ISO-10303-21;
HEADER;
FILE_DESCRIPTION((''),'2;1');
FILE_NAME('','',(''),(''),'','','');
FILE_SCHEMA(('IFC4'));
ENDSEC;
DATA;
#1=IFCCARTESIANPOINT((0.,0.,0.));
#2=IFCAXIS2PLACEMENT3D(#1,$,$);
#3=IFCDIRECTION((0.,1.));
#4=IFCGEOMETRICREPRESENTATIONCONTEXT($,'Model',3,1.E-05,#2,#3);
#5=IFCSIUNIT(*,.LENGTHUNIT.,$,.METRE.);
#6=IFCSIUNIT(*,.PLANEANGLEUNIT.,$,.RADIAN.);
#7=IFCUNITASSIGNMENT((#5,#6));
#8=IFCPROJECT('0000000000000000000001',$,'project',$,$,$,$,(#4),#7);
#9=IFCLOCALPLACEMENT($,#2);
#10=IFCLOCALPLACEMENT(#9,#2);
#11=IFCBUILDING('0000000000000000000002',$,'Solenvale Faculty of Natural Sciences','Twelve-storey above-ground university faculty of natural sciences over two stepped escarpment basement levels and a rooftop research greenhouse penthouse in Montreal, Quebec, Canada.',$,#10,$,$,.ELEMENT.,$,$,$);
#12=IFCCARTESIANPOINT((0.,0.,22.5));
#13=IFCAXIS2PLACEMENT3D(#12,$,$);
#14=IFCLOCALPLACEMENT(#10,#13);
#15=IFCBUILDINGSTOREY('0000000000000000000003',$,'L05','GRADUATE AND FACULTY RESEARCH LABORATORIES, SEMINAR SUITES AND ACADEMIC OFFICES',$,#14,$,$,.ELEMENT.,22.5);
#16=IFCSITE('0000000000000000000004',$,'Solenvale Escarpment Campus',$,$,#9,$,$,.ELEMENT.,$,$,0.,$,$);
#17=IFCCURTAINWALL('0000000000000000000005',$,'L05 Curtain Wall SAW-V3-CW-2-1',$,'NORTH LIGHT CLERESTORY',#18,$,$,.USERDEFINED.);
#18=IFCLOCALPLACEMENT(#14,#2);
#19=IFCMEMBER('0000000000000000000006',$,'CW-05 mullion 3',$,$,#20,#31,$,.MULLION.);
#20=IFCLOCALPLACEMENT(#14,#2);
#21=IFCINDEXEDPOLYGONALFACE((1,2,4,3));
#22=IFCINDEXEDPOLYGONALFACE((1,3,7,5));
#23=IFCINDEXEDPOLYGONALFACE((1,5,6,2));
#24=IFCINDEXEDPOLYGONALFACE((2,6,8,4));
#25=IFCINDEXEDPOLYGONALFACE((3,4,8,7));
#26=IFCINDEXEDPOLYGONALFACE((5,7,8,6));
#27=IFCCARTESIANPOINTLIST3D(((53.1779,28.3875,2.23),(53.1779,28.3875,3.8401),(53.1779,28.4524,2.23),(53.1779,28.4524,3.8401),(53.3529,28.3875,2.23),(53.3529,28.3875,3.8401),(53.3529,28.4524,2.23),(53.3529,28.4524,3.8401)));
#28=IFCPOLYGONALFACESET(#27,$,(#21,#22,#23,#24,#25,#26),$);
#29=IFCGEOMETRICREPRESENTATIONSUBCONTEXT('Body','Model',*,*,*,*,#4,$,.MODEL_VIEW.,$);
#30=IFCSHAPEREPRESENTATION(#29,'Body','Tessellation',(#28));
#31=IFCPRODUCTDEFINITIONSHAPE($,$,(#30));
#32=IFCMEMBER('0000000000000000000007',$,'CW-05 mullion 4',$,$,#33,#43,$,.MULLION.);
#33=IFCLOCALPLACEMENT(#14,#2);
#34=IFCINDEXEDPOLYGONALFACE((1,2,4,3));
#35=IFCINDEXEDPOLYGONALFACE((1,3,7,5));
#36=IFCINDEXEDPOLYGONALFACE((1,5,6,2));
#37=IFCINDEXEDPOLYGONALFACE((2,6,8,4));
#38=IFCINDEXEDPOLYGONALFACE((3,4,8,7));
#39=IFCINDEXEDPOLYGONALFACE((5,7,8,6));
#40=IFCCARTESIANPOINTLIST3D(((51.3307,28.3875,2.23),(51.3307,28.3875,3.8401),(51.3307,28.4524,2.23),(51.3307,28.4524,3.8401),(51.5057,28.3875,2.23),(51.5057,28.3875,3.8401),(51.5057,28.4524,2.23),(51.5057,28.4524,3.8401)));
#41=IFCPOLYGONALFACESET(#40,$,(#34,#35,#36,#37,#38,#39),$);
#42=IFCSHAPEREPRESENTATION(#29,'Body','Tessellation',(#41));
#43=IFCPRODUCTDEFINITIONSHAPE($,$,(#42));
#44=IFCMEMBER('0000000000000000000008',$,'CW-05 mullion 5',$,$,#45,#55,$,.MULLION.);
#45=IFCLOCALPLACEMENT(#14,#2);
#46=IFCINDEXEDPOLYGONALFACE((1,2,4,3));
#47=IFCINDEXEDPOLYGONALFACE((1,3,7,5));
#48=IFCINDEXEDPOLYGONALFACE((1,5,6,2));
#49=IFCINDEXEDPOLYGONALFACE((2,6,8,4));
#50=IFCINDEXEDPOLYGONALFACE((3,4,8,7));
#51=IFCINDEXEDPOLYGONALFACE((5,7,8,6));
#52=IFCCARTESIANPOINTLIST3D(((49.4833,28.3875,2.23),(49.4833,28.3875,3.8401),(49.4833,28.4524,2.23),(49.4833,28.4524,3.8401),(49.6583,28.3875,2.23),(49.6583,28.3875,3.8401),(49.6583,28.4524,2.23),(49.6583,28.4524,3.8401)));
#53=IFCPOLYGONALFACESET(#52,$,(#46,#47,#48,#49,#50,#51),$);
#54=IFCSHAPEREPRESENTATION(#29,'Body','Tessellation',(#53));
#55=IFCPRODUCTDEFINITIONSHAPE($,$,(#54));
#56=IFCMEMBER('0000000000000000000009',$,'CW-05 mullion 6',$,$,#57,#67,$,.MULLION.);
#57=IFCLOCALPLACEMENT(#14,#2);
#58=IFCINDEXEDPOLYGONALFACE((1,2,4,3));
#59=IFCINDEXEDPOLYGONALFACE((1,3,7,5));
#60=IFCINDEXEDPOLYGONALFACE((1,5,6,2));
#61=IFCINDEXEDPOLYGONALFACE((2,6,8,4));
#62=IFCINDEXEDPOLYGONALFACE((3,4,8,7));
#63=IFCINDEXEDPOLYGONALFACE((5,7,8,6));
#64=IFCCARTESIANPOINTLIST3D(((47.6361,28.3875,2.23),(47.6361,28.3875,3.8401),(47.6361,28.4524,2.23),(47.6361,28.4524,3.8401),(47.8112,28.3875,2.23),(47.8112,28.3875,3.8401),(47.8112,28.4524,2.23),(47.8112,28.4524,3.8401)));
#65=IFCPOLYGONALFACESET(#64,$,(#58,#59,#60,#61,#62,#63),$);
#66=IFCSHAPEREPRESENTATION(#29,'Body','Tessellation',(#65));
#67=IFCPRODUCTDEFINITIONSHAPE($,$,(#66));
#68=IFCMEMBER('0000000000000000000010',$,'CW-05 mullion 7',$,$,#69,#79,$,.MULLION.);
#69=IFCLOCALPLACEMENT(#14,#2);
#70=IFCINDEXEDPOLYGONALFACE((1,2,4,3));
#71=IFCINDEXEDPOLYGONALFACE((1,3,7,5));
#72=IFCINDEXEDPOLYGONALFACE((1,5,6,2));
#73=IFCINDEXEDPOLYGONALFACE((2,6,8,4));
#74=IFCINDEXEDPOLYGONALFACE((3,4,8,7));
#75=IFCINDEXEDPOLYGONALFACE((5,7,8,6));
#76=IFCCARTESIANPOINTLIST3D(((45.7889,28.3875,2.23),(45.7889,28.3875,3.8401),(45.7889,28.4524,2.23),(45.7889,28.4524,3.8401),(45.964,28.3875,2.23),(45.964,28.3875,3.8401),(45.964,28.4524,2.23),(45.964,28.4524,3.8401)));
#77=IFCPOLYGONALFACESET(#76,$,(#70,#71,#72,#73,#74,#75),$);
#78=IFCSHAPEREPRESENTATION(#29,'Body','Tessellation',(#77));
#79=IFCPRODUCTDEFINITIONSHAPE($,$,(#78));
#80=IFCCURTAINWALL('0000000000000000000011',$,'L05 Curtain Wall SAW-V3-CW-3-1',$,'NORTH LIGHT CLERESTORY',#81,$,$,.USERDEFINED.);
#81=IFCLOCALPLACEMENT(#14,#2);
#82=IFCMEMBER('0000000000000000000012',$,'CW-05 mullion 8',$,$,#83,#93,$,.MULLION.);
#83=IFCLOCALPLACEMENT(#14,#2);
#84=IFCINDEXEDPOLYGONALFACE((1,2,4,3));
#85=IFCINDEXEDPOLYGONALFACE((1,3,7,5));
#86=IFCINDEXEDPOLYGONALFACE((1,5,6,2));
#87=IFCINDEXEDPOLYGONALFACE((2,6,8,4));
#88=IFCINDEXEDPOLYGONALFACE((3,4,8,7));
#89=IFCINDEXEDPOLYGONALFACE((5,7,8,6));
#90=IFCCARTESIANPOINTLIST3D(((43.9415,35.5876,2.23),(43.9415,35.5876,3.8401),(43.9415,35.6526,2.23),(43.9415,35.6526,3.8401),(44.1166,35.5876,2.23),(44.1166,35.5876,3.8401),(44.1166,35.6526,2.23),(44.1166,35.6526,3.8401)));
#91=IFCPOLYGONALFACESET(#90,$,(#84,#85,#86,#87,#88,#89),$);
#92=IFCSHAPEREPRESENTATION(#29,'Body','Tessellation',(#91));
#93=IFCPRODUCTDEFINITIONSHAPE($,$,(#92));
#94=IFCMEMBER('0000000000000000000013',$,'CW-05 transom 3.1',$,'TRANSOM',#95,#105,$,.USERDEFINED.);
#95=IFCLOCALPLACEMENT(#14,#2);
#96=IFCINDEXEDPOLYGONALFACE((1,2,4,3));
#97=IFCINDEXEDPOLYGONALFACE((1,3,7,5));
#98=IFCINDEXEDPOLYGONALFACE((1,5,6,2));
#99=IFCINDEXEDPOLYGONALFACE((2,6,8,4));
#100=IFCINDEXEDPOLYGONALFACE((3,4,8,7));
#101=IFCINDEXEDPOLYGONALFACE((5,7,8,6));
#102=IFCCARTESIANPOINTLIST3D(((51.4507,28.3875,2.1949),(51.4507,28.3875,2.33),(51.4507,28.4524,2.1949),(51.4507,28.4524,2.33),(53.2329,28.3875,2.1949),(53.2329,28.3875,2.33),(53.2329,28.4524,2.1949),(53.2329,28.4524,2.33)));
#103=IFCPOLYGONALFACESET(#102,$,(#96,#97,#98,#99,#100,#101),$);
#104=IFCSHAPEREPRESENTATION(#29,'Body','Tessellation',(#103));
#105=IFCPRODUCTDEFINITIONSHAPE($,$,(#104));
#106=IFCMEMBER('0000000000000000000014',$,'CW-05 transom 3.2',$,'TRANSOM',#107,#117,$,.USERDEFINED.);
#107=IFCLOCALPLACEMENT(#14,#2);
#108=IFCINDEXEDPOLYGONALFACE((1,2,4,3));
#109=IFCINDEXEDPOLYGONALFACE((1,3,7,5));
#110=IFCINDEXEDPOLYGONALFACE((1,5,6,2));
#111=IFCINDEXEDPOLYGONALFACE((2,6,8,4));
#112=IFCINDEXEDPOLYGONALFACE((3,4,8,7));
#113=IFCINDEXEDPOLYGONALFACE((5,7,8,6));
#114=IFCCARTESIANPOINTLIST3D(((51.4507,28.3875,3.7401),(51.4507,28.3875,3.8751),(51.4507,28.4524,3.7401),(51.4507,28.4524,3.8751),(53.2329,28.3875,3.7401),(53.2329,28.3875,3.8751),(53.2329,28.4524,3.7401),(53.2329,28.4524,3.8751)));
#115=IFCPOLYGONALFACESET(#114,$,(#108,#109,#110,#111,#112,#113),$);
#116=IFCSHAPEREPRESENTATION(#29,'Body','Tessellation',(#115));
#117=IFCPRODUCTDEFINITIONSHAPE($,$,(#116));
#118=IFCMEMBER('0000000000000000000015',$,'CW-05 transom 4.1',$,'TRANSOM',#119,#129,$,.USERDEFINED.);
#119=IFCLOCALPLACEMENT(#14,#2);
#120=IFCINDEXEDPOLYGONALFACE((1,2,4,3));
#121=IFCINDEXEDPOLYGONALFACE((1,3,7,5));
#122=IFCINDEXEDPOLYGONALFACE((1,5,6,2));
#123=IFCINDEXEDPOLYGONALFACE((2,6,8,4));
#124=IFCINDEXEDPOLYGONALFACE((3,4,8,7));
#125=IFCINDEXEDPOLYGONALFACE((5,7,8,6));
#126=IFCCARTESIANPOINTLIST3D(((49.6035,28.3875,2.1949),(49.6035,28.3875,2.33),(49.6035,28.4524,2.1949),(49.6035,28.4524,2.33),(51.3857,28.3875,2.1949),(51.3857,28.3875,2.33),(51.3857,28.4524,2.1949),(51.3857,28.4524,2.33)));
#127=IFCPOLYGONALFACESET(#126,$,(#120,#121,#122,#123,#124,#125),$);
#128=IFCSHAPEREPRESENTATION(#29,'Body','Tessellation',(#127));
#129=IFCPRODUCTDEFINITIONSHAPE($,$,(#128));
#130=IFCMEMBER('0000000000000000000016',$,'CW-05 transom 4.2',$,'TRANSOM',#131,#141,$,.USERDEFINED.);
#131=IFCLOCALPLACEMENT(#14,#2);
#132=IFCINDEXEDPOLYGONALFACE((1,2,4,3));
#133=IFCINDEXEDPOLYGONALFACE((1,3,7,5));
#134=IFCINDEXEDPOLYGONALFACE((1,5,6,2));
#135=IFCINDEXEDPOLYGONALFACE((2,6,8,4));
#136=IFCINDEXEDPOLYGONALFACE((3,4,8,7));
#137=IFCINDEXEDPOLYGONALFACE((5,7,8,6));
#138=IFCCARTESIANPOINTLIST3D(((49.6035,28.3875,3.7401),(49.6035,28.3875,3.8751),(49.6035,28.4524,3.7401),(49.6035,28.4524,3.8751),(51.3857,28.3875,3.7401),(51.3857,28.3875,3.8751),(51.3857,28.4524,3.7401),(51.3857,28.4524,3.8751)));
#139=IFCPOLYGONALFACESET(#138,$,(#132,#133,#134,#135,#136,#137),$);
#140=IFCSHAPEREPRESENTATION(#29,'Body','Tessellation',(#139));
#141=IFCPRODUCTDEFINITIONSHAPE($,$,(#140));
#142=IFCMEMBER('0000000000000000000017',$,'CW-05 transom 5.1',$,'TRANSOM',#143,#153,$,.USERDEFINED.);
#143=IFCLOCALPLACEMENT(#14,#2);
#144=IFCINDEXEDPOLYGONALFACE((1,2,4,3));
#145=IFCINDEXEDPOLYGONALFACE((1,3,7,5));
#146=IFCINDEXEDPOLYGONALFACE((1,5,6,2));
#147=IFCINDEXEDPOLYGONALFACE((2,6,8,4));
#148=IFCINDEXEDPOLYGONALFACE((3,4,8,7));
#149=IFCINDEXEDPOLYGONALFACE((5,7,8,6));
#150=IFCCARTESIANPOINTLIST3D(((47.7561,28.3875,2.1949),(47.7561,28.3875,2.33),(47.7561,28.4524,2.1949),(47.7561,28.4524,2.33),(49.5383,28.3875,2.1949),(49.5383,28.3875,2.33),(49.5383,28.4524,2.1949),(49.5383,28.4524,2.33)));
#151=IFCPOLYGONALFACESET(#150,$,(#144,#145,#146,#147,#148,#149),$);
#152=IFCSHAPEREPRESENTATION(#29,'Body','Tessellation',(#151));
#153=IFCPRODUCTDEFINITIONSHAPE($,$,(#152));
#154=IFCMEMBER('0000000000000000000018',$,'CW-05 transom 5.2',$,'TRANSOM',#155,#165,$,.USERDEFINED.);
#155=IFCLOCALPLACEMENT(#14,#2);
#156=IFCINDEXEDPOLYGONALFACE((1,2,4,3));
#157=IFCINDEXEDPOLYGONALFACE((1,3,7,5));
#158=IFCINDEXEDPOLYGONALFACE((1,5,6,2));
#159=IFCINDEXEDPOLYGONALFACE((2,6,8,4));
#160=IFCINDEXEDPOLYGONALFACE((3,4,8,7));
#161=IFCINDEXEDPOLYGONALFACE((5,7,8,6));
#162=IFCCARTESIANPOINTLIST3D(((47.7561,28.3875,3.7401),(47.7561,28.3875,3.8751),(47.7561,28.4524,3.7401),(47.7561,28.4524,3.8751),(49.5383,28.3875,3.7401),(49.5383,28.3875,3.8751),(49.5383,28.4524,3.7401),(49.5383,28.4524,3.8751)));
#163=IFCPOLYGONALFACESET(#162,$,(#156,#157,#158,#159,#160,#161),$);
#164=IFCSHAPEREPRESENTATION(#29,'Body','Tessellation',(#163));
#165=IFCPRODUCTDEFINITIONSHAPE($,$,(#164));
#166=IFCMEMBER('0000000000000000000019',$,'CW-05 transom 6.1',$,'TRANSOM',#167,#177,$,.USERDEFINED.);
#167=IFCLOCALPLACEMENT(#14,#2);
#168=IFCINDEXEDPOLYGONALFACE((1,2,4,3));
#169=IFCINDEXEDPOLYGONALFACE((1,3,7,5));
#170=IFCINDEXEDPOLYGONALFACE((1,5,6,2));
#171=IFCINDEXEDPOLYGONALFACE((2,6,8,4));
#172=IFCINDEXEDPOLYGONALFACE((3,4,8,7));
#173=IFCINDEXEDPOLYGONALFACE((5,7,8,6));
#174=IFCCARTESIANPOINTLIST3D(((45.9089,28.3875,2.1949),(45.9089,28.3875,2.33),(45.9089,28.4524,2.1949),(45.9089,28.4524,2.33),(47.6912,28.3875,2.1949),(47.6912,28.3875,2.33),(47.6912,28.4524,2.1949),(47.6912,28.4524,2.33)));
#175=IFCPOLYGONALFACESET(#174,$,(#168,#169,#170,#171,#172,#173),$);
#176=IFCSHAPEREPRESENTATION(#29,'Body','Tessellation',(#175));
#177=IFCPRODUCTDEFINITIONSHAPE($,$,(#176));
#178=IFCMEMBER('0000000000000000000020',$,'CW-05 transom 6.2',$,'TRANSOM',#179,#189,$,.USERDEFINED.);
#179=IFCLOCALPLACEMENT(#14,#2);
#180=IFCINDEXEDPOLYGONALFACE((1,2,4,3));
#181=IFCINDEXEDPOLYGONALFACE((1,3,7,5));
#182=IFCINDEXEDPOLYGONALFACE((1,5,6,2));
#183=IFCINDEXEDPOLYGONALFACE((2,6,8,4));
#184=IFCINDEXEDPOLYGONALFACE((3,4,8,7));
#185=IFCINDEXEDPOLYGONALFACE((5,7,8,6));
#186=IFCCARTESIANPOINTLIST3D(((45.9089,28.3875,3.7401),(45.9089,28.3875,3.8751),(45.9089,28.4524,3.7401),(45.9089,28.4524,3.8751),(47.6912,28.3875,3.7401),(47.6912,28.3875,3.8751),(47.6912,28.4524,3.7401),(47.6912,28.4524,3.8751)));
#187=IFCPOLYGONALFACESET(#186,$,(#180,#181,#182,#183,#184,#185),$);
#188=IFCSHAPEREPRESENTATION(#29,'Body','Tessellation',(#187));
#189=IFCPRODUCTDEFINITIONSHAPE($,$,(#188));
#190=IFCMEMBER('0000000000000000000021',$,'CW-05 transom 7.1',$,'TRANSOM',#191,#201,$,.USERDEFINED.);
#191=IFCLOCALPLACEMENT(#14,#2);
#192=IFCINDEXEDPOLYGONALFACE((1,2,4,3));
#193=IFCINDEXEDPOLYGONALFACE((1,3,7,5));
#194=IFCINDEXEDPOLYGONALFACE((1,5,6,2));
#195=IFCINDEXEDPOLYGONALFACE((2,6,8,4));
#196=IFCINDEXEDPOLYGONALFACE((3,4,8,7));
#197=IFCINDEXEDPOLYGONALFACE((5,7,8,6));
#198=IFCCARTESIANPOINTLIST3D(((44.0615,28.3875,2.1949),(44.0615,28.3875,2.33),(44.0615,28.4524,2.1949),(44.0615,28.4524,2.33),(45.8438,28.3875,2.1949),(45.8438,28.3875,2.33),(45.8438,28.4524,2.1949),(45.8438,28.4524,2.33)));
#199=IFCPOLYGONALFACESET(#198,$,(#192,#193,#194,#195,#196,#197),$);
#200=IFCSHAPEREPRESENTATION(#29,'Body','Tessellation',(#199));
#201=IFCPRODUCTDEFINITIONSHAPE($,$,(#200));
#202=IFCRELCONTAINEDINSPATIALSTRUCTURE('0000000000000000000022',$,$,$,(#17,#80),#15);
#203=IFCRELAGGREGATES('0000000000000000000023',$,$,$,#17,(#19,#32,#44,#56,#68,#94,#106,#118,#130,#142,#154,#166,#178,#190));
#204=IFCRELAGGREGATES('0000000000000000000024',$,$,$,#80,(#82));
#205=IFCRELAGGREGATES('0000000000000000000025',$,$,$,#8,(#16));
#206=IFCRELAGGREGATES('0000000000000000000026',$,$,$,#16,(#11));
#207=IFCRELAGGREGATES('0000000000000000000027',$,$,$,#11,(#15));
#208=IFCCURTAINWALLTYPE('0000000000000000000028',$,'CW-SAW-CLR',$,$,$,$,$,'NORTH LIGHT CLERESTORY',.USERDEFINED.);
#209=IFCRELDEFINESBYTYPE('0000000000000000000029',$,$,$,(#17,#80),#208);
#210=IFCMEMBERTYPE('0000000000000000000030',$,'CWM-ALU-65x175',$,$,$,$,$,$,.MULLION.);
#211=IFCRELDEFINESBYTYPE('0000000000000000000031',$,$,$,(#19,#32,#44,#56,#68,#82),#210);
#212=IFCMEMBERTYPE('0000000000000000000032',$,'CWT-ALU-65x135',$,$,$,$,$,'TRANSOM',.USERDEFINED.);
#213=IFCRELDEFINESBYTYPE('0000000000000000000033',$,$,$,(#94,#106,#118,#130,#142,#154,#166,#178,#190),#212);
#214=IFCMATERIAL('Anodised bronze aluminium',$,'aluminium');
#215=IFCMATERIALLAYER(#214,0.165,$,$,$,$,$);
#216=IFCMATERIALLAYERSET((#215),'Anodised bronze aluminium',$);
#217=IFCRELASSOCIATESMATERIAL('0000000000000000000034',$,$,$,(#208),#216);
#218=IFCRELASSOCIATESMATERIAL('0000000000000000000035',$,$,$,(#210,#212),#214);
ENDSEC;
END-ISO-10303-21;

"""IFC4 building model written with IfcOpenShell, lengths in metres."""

from ifc_helpers import new_model, si_unit, direction, frame, origin, origin_2d, place, context, subcontext, project, spatial, rectangle, extrude, material, layer, layer_set, material_profile, profile_set, type_object, element, aggregate, save


model = new_model("IFC4")

# Units and contexts
model_context = context("Model", 3, precision=1e-05, world=origin(), true_north=direction((0.0, 1.0)))
body_context = subcontext(model_context, "Body", "Model", "MODEL_VIEW")
ifc_project = project(units=[si_unit("LENGTHUNIT", "METRE"), si_unit("PLANEANGLEUNIT", "RADIAN")], contexts=[model_context])

# Site, building, storey
site_placement = place(None, origin())
site = spatial("IfcSite", under=ifc_project, at=site_placement, Name="Solenvale Escarpment Campus", CompositionType="ELEMENT", RefElevation=0.0)
building_placement = place(site_placement, origin())
building = spatial("IfcBuilding", under=site, at=building_placement, Name="Solenvale Faculty of Natural Sciences", Description="Twelve-storey above-ground university faculty of natural sciences over two stepped escarpment basement levels and a rooftop research greenhouse penthouse in Montreal, Quebec, Canada.", CompositionType="ELEMENT")
storey_placement = place(building_placement, frame((0.0, 0.0, 22.5)))
storey = spatial("IfcBuildingStorey", under=building, at=storey_placement, Name="L05", Description="GRADUATE AND FACULTY RESEARCH LABORATORIES, SEMINAR SUITES AND ACADEMIC OFFICES", CompositionType="ELEMENT", Elevation=22.5)

# Curtain wall, members
ifc_material_1 = material(Name="Anodised bronze aluminium", Category="aluminium")
ifc_layer_1 = layer(ifc_material_1, 0.165)
ifc_layer_set_1 = layer_set([ifc_layer_1], Name="Anodised bronze aluminium")
curtain_wall_type = type_object("IfcCurtainWallType", Name="CW-SAW-CLR", ElementType="NORTH LIGHT CLERESTORY", PredefinedType="USERDEFINED", material=ifc_layer_set_1)
curtain_wall_1_placement = place(storey_placement, origin())
curtain_wall_1 = element("IfcCurtainWall", 1, at=curtain_wall_1_placement, inside=storey, type_object=curtain_wall_type, Name="L05 Curtain Wall SAW-V3-CW-2-1", ObjectType="NORTH LIGHT CLERESTORY", PredefinedType="USERDEFINED")
ifc_material_profile_1 = material_profile(ifc_material_1, rectangle(XDim=0.0649, YDim=0.175, at=origin_2d()), Name="ALU-MUL-65x175")
ifc_profile_set_1 = profile_set([ifc_material_profile_1], Name="Anodised bronze aluminium")
member_type_1 = type_object("IfcMemberType", Name="CWM-ALU-65x175", PredefinedType="MULLION", material=ifc_profile_set_1)
member_1_placement = place(storey_placement, frame((53.2654, 28.4199, 2.23), z_axis=(0.0, 0.0, 1.0), x_axis=(0.0, -1.0, 0.0)))
member_1 = element("IfcMember", 2, at=member_1_placement, type_object=member_type_1, Name="CW-05 mullion 3", PredefinedType="MULLION", context=body_context, shape_type="SweptSolid", body=[
    extrude(rectangle(XDim=0.0649, YDim=0.175, at=origin_2d()), origin(), (0.0, 0.0, 1.0), 1.6101),
])
member_2_placement = place(storey_placement, frame((51.4182, 28.4199, 2.23), z_axis=(0.0, 0.0, 1.0), x_axis=(0.0, -1.0, 0.0)))
member_2 = element("IfcMember", 3, at=member_2_placement, type_object=member_type_1, Name="CW-05 mullion 4", PredefinedType="MULLION", context=body_context, shape_type="SweptSolid", body=[
    extrude(rectangle(XDim=0.0649, YDim=0.175, at=origin_2d()), origin(), (0.0, 0.0, 1.0), 1.6101),
])
member_3_placement = place(storey_placement, frame((49.5708, 28.4199, 2.23), z_axis=(0.0, 0.0, 1.0), x_axis=(0.0, -1.0, 0.0)))
member_3 = element("IfcMember", 4, at=member_3_placement, type_object=member_type_1, Name="CW-05 mullion 5", PredefinedType="MULLION", context=body_context, shape_type="SweptSolid", body=[
    extrude(rectangle(XDim=0.0649, YDim=0.175, at=origin_2d()), origin(), (0.0, 0.0, 1.0), 1.6101),
])
member_4_placement = place(storey_placement, frame((47.7236, 28.4199, 2.23), z_axis=(0.0, 0.0, 1.0), x_axis=(0.0, -1.0, 0.0)))
member_4 = element("IfcMember", 5, at=member_4_placement, type_object=member_type_1, Name="CW-05 mullion 6", PredefinedType="MULLION", context=body_context, shape_type="SweptSolid", body=[
    extrude(rectangle(XDim=0.0649, YDim=0.175, at=origin_2d()), origin(), (0.0, 0.0, 1.0), 1.6101),
])
member_5_placement = place(storey_placement, frame((45.8765, 28.4199, 2.23), z_axis=(0.0, 0.0, 1.0), x_axis=(0.0, -1.0, 0.0)))
member_5 = element("IfcMember", 6, at=member_5_placement, type_object=member_type_1, Name="CW-05 mullion 7", PredefinedType="MULLION", context=body_context, shape_type="SweptSolid", body=[
    extrude(rectangle(XDim=0.0649, YDim=0.175, at=origin_2d()), origin(), (0.0, 0.0, 1.0), 1.6101),
])

# Curtain wall, member
curtain_wall_2_placement = place(storey_placement, origin())
curtain_wall_2 = element("IfcCurtainWall", 7, at=curtain_wall_2_placement, inside=storey, type_object=curtain_wall_type, Name="L05 Curtain Wall SAW-V3-CW-3-1", ObjectType="NORTH LIGHT CLERESTORY", PredefinedType="USERDEFINED")
member_6_placement = place(storey_placement, frame((44.0291, 35.6201, 2.23), z_axis=(0.0, 0.0, 1.0), x_axis=(0.0, -1.0, 0.0)))
member_6 = element("IfcMember", 8, at=member_6_placement, type_object=member_type_1, Name="CW-05 mullion 8", PredefinedType="MULLION", context=body_context, shape_type="SweptSolid", body=[
    extrude(rectangle(XDim=0.0649, YDim=0.175, at=origin_2d()), origin(), (0.0, 0.0, 1.0), 1.6101),
])

# Members
ifc_material_profile_2 = material_profile(ifc_material_1, rectangle(XDim=0.0649, YDim=0.135, at=origin_2d()), Name="ALU-TRN-65x135")
ifc_profile_set_2 = profile_set([ifc_material_profile_2], Name="Anodised bronze aluminium")
member_type_2 = type_object("IfcMemberType", Name="CWT-ALU-65x135", ElementType="TRANSOM", PredefinedType="USERDEFINED", material=ifc_profile_set_2)
member_7_placement = place(storey_placement, frame((53.2329, 28.4199, 2.2625), z_axis=(-1.0, 0.0, 0.0), x_axis=(0.0, -1.0, 0.0)))
member_7 = element("IfcMember", 9, at=member_7_placement, type_object=member_type_2, Name="CW-05 transom 3.1", ObjectType="TRANSOM", PredefinedType="USERDEFINED", context=body_context, shape_type="SweptSolid", body=[
    extrude(rectangle(XDim=0.0649, YDim=0.135, at=origin_2d()), origin(), (0.0, 0.0, 1.0), 1.7822),
])
member_8_placement = place(storey_placement, frame((53.2329, 28.4199, 3.8076), z_axis=(-1.0, 0.0, 0.0), x_axis=(0.0, -1.0, 0.0)))
member_8 = element("IfcMember", 10, at=member_8_placement, type_object=member_type_2, Name="CW-05 transom 3.2", ObjectType="TRANSOM", PredefinedType="USERDEFINED", context=body_context, shape_type="SweptSolid", body=[
    extrude(rectangle(XDim=0.0649, YDim=0.135, at=origin_2d()), origin(), (0.0, 0.0, 1.0), 1.7822),
])
member_9_placement = place(storey_placement, frame((51.3857, 28.4199, 2.2625), z_axis=(-1.0, 0.0, 0.0), x_axis=(0.0, -1.0, 0.0)))
member_9 = element("IfcMember", 11, at=member_9_placement, type_object=member_type_2, Name="CW-05 transom 4.1", ObjectType="TRANSOM", PredefinedType="USERDEFINED", context=body_context, shape_type="SweptSolid", body=[
    extrude(rectangle(XDim=0.0649, YDim=0.135, at=origin_2d()), origin(), (0.0, 0.0, 1.0), 1.7822),
])
member_10_placement = place(storey_placement, frame((51.3857, 28.4199, 3.8076), z_axis=(-1.0, 0.0, 0.0), x_axis=(0.0, -1.0, 0.0)))
member_10 = element("IfcMember", 12, at=member_10_placement, type_object=member_type_2, Name="CW-05 transom 4.2", ObjectType="TRANSOM", PredefinedType="USERDEFINED", context=body_context, shape_type="SweptSolid", body=[
    extrude(rectangle(XDim=0.0649, YDim=0.135, at=origin_2d()), origin(), (0.0, 0.0, 1.0), 1.7822),
])
member_11_placement = place(storey_placement, frame((49.5383, 28.4199, 2.2625), z_axis=(-1.0, 0.0, 0.0), x_axis=(0.0, -1.0, 0.0)))
member_11 = element("IfcMember", 13, at=member_11_placement, type_object=member_type_2, Name="CW-05 transom 5.1", ObjectType="TRANSOM", PredefinedType="USERDEFINED", context=body_context, shape_type="SweptSolid", body=[
    extrude(rectangle(XDim=0.0649, YDim=0.135, at=origin_2d()), origin(), (0.0, 0.0, 1.0), 1.7822),
])
member_12_placement = place(storey_placement, frame((49.5383, 28.4199, 3.8076), z_axis=(-1.0, 0.0, 0.0), x_axis=(0.0, -1.0, 0.0)))
member_12 = element("IfcMember", 14, at=member_12_placement, type_object=member_type_2, Name="CW-05 transom 5.2", ObjectType="TRANSOM", PredefinedType="USERDEFINED", context=body_context, shape_type="SweptSolid", body=[
    extrude(rectangle(XDim=0.0649, YDim=0.135, at=origin_2d()), origin(), (0.0, 0.0, 1.0), 1.7822),
])
member_13_placement = place(storey_placement, frame((47.6912, 28.4199, 2.2625), z_axis=(-1.0, 0.0, 0.0), x_axis=(0.0, -1.0, 0.0)))
member_13 = element("IfcMember", 15, at=member_13_placement, type_object=member_type_2, Name="CW-05 transom 6.1", ObjectType="TRANSOM", PredefinedType="USERDEFINED", context=body_context, shape_type="SweptSolid", body=[
    extrude(rectangle(XDim=0.0649, YDim=0.135, at=origin_2d()), origin(), (0.0, 0.0, 1.0), 1.7822),
])
member_14_placement = place(storey_placement, frame((47.6912, 28.4199, 3.8076), z_axis=(-1.0, 0.0, 0.0), x_axis=(0.0, -1.0, 0.0)))
member_14 = element("IfcMember", 16, at=member_14_placement, type_object=member_type_2, Name="CW-05 transom 6.2", ObjectType="TRANSOM", PredefinedType="USERDEFINED", context=body_context, shape_type="SweptSolid", body=[
    extrude(rectangle(XDim=0.0649, YDim=0.135, at=origin_2d()), origin(), (0.0, 0.0, 1.0), 1.7822),
])
member_15_placement = place(storey_placement, frame((45.8438, 28.4199, 2.2625), z_axis=(-1.0, 0.0, 0.0), x_axis=(0.0, -1.0, 0.0)))
member_15 = element("IfcMember", 17, at=member_15_placement, type_object=member_type_2, Name="CW-05 transom 7.1", ObjectType="TRANSOM", PredefinedType="USERDEFINED", context=body_context, shape_type="SweptSolid", body=[
    extrude(rectangle(XDim=0.0649, YDim=0.135, at=origin_2d()), origin(), (0.0, 0.0, 1.0), 1.7822),
])

aggregate(curtain_wall_1, [member_1, member_2, member_3, member_4, member_5, member_7, member_8, member_9, member_10, member_11, member_12, member_13, member_14, member_15])
aggregate(curtain_wall_2, [member_6])

save(model, "model.ifc")
